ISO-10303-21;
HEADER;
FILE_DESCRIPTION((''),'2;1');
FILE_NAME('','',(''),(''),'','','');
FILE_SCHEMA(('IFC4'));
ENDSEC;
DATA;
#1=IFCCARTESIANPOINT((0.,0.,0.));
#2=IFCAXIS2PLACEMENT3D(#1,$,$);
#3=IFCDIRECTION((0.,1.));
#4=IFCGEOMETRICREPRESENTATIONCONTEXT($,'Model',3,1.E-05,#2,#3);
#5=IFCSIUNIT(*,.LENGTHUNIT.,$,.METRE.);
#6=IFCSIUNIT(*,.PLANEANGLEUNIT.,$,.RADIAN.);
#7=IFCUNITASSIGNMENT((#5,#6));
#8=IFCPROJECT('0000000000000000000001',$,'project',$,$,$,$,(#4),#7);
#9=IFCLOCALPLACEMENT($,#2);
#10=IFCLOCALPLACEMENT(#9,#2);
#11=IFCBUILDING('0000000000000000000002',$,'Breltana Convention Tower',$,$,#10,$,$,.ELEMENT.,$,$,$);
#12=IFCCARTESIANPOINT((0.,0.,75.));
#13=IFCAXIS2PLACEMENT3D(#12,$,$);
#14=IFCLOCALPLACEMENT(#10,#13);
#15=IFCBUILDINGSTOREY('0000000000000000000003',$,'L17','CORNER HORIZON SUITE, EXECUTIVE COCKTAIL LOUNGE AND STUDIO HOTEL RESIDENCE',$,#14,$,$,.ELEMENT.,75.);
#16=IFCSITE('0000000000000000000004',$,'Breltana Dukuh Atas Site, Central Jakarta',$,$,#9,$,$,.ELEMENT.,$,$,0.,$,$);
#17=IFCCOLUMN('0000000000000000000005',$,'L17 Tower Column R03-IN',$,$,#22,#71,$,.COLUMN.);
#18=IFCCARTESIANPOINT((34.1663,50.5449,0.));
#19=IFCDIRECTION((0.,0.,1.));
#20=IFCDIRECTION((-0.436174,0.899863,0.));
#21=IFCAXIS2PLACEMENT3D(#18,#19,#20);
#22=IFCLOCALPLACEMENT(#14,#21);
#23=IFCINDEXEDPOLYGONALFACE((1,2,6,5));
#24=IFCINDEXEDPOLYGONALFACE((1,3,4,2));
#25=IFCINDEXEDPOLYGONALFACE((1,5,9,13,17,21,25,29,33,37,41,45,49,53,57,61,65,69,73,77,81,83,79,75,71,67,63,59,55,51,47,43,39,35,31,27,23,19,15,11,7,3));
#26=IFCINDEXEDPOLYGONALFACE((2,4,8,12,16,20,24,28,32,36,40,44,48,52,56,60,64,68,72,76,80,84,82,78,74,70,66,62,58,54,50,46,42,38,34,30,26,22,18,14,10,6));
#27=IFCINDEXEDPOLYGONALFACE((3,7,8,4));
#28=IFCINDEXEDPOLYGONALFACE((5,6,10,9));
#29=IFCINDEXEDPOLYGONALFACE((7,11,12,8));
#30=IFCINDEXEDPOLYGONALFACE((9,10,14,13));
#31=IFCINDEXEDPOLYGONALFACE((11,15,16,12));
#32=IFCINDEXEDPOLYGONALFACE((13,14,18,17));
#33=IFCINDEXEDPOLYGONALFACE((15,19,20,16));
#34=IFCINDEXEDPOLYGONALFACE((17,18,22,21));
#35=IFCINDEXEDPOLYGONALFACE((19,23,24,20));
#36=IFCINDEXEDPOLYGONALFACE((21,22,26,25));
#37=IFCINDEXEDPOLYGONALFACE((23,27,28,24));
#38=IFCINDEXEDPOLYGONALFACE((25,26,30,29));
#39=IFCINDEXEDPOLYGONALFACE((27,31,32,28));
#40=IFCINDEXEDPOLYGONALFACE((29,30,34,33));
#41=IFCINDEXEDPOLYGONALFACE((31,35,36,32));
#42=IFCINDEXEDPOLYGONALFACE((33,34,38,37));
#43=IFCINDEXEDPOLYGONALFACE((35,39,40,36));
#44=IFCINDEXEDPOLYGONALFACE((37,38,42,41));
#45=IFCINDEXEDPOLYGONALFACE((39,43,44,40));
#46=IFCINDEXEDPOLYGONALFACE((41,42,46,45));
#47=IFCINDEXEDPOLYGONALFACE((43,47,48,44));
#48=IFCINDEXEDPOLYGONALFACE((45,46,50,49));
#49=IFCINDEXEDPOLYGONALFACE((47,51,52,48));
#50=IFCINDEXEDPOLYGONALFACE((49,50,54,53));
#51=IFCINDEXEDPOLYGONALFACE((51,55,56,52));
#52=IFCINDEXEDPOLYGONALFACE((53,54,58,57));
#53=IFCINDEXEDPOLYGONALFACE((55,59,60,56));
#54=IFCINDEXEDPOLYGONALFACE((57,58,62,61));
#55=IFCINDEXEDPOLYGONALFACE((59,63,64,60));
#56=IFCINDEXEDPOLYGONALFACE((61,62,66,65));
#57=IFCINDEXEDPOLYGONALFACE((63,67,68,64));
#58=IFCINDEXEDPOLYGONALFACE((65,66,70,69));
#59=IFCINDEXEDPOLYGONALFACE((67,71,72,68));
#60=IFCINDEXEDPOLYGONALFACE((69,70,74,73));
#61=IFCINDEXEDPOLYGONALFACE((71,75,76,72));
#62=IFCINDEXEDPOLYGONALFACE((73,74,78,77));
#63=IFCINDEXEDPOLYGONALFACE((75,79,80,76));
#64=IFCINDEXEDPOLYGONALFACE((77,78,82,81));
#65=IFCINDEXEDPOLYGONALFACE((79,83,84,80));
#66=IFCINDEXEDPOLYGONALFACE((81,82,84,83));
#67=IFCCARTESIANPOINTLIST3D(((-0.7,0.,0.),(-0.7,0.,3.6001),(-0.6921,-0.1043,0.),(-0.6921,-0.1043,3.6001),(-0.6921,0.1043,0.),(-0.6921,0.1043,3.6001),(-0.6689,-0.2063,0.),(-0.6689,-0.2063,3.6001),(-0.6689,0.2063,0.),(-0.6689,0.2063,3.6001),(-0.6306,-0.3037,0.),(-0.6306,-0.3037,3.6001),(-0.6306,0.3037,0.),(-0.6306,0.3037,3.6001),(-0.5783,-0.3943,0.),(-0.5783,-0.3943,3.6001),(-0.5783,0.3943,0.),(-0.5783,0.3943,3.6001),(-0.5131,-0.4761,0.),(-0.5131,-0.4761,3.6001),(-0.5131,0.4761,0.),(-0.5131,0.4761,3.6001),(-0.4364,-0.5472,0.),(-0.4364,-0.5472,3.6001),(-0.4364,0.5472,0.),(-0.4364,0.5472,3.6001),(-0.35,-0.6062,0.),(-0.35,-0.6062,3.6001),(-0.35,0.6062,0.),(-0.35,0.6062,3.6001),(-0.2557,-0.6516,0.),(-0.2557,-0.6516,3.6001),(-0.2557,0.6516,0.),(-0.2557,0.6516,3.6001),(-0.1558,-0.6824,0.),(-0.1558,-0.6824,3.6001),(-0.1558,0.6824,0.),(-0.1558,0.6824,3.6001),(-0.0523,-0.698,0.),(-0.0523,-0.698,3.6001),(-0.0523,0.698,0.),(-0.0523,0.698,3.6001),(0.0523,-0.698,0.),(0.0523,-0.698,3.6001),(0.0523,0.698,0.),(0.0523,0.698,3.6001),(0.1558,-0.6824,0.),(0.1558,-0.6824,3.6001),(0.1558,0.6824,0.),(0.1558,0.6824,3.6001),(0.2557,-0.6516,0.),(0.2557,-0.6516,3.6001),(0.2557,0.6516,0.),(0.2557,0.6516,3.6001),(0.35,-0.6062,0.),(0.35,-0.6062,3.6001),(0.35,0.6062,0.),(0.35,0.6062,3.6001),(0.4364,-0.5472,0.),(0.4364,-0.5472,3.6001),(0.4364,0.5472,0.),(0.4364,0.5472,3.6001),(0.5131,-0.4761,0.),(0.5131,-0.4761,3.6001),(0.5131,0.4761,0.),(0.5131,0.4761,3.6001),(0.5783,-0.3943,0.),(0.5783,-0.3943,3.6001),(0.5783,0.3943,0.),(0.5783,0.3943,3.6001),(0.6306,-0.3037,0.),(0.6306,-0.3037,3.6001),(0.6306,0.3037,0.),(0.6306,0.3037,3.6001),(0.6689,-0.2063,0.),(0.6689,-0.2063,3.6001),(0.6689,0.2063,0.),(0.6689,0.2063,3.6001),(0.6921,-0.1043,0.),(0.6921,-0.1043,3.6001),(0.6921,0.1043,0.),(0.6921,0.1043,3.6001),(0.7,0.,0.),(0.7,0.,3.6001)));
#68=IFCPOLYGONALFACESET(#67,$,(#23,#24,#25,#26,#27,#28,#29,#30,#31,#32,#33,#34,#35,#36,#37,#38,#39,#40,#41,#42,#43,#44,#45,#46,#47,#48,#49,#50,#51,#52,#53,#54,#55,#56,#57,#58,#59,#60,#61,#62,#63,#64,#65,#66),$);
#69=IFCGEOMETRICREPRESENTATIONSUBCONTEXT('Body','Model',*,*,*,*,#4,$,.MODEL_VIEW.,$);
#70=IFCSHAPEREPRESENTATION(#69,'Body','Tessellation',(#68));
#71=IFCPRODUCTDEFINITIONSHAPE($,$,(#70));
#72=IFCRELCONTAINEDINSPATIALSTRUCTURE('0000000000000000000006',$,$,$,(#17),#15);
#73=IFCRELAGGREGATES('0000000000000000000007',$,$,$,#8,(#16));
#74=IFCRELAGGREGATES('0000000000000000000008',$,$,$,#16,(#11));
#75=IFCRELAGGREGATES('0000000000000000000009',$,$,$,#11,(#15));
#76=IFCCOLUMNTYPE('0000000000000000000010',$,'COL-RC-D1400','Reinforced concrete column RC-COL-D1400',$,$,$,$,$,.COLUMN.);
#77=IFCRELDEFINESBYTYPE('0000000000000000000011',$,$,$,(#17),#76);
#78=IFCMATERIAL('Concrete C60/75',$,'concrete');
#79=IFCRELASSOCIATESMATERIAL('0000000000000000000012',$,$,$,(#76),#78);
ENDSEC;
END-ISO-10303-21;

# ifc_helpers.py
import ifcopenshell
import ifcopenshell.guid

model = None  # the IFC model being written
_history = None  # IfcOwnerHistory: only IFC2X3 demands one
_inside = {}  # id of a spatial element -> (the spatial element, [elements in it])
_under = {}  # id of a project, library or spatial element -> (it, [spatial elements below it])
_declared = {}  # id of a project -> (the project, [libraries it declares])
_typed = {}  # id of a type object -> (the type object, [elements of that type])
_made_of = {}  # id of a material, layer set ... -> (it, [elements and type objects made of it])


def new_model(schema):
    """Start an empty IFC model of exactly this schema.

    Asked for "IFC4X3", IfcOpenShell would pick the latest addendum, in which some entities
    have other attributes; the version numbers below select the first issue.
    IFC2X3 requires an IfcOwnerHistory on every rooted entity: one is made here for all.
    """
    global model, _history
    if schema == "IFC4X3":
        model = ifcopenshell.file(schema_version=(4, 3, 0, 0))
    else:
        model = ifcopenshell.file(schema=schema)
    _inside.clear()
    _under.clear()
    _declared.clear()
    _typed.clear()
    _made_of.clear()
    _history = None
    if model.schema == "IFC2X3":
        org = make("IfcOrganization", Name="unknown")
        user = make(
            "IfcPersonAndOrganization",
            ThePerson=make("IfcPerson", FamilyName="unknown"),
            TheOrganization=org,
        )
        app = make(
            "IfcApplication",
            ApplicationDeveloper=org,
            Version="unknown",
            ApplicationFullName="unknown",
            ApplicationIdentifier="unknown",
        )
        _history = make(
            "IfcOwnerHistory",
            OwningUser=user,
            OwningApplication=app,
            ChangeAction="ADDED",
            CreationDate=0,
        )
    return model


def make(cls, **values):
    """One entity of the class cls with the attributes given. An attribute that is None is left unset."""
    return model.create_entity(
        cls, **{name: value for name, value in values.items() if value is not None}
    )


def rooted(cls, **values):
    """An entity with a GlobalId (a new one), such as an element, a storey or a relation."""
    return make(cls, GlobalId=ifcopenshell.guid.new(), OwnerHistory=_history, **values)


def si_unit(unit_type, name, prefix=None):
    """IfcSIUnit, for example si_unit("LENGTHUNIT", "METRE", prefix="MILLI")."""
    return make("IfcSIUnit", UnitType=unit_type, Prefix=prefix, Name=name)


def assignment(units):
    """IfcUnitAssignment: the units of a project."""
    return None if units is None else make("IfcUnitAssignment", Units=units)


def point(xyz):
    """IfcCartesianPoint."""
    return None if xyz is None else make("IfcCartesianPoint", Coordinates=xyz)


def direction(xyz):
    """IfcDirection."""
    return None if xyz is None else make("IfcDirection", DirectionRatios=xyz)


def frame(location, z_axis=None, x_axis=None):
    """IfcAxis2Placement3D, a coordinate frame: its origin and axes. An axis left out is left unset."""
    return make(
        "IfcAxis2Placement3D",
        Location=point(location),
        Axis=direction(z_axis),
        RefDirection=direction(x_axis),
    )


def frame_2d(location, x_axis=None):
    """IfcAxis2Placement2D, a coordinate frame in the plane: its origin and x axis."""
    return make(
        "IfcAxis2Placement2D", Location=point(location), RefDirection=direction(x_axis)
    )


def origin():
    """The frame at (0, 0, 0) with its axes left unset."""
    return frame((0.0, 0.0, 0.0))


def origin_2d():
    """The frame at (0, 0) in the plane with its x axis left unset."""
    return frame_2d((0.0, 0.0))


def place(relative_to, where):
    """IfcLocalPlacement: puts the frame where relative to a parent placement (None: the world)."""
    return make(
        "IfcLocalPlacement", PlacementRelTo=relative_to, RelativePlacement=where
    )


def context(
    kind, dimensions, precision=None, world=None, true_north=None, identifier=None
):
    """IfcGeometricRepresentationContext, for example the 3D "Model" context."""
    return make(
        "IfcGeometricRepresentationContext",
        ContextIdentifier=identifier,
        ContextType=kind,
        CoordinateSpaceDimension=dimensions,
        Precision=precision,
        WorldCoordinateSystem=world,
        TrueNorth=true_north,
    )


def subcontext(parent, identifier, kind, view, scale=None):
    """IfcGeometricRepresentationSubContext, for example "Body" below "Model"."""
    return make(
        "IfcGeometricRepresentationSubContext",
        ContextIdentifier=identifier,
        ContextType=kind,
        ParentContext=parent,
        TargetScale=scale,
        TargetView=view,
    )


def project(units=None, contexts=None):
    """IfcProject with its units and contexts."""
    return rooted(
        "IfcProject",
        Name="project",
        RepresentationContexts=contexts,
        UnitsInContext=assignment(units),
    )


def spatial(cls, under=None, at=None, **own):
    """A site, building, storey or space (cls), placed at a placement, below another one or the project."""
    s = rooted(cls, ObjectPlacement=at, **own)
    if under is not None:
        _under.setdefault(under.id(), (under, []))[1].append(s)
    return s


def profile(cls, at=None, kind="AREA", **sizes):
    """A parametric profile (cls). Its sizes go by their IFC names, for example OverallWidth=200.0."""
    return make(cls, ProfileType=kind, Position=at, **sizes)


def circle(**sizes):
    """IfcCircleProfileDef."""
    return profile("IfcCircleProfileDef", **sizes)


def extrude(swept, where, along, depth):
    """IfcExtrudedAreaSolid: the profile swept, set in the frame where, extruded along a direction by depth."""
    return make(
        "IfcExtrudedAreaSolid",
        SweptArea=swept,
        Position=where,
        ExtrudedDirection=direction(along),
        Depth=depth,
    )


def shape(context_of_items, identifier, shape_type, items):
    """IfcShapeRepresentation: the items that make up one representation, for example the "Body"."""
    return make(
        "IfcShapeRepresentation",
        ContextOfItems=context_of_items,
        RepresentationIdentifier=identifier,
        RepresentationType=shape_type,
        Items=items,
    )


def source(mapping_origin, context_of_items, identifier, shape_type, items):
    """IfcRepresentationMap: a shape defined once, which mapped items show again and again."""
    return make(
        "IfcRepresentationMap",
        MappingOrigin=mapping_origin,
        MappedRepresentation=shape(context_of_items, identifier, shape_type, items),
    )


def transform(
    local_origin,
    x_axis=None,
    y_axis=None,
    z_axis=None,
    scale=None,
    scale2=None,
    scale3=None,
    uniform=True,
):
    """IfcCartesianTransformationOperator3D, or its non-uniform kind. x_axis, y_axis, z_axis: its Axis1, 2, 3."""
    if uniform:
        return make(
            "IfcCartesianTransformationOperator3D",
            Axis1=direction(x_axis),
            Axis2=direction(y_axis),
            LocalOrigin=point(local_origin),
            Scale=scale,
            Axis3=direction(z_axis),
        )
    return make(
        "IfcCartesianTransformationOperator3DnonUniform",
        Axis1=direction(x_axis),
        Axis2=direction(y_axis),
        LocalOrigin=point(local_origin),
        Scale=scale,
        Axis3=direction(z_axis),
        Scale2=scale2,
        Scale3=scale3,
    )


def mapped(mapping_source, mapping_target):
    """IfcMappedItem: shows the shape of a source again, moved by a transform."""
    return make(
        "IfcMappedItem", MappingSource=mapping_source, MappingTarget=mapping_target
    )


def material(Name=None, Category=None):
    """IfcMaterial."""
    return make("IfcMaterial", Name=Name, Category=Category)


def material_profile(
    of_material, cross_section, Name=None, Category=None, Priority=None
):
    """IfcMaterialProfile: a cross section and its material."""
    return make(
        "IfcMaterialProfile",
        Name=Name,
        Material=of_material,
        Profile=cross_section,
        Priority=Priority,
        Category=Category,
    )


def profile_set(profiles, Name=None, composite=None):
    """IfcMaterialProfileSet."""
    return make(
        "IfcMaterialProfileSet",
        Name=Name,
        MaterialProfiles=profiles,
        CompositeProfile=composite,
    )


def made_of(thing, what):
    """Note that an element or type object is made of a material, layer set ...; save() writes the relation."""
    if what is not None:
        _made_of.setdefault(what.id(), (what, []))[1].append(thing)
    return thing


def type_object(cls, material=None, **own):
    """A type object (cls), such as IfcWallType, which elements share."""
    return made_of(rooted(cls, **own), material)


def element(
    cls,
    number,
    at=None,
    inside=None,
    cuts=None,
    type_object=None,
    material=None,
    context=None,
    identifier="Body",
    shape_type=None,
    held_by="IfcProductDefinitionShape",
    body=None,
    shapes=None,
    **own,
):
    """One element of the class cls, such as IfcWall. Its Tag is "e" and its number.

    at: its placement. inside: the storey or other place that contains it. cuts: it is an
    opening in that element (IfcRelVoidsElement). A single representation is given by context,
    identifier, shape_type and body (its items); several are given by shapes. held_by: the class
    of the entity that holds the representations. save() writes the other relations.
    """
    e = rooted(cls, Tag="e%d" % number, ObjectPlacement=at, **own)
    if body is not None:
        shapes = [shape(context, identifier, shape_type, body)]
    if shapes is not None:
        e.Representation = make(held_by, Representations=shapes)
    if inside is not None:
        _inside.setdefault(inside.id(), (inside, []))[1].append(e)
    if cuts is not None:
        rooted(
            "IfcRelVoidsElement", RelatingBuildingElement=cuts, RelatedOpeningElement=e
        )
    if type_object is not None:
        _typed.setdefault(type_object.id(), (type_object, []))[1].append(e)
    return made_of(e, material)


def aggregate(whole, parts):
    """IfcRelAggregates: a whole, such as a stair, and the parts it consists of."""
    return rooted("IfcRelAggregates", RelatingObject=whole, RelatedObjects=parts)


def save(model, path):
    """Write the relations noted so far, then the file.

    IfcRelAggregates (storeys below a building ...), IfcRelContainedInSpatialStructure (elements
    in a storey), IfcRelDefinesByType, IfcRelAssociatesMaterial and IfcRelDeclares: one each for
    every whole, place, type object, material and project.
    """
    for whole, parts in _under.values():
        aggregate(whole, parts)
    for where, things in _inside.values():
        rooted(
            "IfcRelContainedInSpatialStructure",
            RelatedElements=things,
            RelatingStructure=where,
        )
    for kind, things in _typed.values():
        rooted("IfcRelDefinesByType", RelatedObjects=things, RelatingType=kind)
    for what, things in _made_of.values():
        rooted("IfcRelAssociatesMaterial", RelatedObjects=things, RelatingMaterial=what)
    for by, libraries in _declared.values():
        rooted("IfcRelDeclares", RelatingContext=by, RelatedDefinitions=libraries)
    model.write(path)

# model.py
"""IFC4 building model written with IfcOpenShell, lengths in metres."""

from ifc_helpers import new_model, si_unit, direction, frame, origin, origin_2d, place, context, subcontext, project, spatial, circle, extrude, source, transform, mapped, material, material_profile, profile_set, type_object, element, save


model = new_model("IFC4")

# Units and contexts
model_context = context("Model", 3, precision=1e-05, world=origin(), true_north=direction((0.0, 1.0)))
body_context = subcontext(model_context, "Body", "Model", "MODEL_VIEW")
ifc_project = project(units=[si_unit("LENGTHUNIT", "METRE"), si_unit("PLANEANGLEUNIT", "RADIAN")], contexts=[model_context])

# Site, building, storey
site_placement = place(None, origin())
site = spatial("IfcSite", under=ifc_project, at=site_placement, Name="Breltana Dukuh Atas Site, Central Jakarta", CompositionType="ELEMENT", RefElevation=0.0)
building_placement = place(site_placement, origin())
building = spatial("IfcBuilding", under=site, at=building_placement, Name="Breltana Convention Tower", CompositionType="ELEMENT")
storey_placement = place(building_placement, frame((0.0, 0.0, 75.0)))
storey = spatial("IfcBuildingStorey", under=building, at=storey_placement, Name="L17", Description="CORNER HORIZON SUITE, EXECUTIVE COCKTAIL LOUNGE AND STUDIO HOTEL RESIDENCE", CompositionType="ELEMENT", Elevation=75.0)

# Column
ifc_material_1 = material(Name="Concrete C60/75", Category="concrete")
ifc_material_profile_1 = material_profile(ifc_material_1, circle(Radius=0.7, at=origin_2d()), Name="RC-COL-D1400")
ifc_profile_set_1 = profile_set([ifc_material_profile_1], Name="Concrete C60/75")
column_type_1 = type_object("IfcColumnType", Name="COL-RC-D1400", Description="Reinforced concrete column RC-COL-D1400", PredefinedType="COLUMN", material=ifc_profile_set_1)
shared_shape_1 = source(origin(), body_context, "Body", "SweptSolid", [
    extrude(circle(Radius=0.7, at=origin_2d()), origin(), (0.0, 0.0, 1.0), 3.6001),
])
column_1_placement = place(storey_placement, frame((34.1663, 50.5449, 0.0), z_axis=(0.0, 0.0, 1.0), x_axis=(-0.436174, 0.899863, 0.0)))
element("IfcColumn", 1, at=column_1_placement, inside=storey, type_object=column_type_1, Name="L17 Tower Column R03-IN", PredefinedType="COLUMN", context=body_context, shape_type="MappedRepresentation", body=[
    mapped(shared_shape_1, transform((0.0, 0.0, 0.0), scale=1.0)),
])

save(model, "model.ifc")
